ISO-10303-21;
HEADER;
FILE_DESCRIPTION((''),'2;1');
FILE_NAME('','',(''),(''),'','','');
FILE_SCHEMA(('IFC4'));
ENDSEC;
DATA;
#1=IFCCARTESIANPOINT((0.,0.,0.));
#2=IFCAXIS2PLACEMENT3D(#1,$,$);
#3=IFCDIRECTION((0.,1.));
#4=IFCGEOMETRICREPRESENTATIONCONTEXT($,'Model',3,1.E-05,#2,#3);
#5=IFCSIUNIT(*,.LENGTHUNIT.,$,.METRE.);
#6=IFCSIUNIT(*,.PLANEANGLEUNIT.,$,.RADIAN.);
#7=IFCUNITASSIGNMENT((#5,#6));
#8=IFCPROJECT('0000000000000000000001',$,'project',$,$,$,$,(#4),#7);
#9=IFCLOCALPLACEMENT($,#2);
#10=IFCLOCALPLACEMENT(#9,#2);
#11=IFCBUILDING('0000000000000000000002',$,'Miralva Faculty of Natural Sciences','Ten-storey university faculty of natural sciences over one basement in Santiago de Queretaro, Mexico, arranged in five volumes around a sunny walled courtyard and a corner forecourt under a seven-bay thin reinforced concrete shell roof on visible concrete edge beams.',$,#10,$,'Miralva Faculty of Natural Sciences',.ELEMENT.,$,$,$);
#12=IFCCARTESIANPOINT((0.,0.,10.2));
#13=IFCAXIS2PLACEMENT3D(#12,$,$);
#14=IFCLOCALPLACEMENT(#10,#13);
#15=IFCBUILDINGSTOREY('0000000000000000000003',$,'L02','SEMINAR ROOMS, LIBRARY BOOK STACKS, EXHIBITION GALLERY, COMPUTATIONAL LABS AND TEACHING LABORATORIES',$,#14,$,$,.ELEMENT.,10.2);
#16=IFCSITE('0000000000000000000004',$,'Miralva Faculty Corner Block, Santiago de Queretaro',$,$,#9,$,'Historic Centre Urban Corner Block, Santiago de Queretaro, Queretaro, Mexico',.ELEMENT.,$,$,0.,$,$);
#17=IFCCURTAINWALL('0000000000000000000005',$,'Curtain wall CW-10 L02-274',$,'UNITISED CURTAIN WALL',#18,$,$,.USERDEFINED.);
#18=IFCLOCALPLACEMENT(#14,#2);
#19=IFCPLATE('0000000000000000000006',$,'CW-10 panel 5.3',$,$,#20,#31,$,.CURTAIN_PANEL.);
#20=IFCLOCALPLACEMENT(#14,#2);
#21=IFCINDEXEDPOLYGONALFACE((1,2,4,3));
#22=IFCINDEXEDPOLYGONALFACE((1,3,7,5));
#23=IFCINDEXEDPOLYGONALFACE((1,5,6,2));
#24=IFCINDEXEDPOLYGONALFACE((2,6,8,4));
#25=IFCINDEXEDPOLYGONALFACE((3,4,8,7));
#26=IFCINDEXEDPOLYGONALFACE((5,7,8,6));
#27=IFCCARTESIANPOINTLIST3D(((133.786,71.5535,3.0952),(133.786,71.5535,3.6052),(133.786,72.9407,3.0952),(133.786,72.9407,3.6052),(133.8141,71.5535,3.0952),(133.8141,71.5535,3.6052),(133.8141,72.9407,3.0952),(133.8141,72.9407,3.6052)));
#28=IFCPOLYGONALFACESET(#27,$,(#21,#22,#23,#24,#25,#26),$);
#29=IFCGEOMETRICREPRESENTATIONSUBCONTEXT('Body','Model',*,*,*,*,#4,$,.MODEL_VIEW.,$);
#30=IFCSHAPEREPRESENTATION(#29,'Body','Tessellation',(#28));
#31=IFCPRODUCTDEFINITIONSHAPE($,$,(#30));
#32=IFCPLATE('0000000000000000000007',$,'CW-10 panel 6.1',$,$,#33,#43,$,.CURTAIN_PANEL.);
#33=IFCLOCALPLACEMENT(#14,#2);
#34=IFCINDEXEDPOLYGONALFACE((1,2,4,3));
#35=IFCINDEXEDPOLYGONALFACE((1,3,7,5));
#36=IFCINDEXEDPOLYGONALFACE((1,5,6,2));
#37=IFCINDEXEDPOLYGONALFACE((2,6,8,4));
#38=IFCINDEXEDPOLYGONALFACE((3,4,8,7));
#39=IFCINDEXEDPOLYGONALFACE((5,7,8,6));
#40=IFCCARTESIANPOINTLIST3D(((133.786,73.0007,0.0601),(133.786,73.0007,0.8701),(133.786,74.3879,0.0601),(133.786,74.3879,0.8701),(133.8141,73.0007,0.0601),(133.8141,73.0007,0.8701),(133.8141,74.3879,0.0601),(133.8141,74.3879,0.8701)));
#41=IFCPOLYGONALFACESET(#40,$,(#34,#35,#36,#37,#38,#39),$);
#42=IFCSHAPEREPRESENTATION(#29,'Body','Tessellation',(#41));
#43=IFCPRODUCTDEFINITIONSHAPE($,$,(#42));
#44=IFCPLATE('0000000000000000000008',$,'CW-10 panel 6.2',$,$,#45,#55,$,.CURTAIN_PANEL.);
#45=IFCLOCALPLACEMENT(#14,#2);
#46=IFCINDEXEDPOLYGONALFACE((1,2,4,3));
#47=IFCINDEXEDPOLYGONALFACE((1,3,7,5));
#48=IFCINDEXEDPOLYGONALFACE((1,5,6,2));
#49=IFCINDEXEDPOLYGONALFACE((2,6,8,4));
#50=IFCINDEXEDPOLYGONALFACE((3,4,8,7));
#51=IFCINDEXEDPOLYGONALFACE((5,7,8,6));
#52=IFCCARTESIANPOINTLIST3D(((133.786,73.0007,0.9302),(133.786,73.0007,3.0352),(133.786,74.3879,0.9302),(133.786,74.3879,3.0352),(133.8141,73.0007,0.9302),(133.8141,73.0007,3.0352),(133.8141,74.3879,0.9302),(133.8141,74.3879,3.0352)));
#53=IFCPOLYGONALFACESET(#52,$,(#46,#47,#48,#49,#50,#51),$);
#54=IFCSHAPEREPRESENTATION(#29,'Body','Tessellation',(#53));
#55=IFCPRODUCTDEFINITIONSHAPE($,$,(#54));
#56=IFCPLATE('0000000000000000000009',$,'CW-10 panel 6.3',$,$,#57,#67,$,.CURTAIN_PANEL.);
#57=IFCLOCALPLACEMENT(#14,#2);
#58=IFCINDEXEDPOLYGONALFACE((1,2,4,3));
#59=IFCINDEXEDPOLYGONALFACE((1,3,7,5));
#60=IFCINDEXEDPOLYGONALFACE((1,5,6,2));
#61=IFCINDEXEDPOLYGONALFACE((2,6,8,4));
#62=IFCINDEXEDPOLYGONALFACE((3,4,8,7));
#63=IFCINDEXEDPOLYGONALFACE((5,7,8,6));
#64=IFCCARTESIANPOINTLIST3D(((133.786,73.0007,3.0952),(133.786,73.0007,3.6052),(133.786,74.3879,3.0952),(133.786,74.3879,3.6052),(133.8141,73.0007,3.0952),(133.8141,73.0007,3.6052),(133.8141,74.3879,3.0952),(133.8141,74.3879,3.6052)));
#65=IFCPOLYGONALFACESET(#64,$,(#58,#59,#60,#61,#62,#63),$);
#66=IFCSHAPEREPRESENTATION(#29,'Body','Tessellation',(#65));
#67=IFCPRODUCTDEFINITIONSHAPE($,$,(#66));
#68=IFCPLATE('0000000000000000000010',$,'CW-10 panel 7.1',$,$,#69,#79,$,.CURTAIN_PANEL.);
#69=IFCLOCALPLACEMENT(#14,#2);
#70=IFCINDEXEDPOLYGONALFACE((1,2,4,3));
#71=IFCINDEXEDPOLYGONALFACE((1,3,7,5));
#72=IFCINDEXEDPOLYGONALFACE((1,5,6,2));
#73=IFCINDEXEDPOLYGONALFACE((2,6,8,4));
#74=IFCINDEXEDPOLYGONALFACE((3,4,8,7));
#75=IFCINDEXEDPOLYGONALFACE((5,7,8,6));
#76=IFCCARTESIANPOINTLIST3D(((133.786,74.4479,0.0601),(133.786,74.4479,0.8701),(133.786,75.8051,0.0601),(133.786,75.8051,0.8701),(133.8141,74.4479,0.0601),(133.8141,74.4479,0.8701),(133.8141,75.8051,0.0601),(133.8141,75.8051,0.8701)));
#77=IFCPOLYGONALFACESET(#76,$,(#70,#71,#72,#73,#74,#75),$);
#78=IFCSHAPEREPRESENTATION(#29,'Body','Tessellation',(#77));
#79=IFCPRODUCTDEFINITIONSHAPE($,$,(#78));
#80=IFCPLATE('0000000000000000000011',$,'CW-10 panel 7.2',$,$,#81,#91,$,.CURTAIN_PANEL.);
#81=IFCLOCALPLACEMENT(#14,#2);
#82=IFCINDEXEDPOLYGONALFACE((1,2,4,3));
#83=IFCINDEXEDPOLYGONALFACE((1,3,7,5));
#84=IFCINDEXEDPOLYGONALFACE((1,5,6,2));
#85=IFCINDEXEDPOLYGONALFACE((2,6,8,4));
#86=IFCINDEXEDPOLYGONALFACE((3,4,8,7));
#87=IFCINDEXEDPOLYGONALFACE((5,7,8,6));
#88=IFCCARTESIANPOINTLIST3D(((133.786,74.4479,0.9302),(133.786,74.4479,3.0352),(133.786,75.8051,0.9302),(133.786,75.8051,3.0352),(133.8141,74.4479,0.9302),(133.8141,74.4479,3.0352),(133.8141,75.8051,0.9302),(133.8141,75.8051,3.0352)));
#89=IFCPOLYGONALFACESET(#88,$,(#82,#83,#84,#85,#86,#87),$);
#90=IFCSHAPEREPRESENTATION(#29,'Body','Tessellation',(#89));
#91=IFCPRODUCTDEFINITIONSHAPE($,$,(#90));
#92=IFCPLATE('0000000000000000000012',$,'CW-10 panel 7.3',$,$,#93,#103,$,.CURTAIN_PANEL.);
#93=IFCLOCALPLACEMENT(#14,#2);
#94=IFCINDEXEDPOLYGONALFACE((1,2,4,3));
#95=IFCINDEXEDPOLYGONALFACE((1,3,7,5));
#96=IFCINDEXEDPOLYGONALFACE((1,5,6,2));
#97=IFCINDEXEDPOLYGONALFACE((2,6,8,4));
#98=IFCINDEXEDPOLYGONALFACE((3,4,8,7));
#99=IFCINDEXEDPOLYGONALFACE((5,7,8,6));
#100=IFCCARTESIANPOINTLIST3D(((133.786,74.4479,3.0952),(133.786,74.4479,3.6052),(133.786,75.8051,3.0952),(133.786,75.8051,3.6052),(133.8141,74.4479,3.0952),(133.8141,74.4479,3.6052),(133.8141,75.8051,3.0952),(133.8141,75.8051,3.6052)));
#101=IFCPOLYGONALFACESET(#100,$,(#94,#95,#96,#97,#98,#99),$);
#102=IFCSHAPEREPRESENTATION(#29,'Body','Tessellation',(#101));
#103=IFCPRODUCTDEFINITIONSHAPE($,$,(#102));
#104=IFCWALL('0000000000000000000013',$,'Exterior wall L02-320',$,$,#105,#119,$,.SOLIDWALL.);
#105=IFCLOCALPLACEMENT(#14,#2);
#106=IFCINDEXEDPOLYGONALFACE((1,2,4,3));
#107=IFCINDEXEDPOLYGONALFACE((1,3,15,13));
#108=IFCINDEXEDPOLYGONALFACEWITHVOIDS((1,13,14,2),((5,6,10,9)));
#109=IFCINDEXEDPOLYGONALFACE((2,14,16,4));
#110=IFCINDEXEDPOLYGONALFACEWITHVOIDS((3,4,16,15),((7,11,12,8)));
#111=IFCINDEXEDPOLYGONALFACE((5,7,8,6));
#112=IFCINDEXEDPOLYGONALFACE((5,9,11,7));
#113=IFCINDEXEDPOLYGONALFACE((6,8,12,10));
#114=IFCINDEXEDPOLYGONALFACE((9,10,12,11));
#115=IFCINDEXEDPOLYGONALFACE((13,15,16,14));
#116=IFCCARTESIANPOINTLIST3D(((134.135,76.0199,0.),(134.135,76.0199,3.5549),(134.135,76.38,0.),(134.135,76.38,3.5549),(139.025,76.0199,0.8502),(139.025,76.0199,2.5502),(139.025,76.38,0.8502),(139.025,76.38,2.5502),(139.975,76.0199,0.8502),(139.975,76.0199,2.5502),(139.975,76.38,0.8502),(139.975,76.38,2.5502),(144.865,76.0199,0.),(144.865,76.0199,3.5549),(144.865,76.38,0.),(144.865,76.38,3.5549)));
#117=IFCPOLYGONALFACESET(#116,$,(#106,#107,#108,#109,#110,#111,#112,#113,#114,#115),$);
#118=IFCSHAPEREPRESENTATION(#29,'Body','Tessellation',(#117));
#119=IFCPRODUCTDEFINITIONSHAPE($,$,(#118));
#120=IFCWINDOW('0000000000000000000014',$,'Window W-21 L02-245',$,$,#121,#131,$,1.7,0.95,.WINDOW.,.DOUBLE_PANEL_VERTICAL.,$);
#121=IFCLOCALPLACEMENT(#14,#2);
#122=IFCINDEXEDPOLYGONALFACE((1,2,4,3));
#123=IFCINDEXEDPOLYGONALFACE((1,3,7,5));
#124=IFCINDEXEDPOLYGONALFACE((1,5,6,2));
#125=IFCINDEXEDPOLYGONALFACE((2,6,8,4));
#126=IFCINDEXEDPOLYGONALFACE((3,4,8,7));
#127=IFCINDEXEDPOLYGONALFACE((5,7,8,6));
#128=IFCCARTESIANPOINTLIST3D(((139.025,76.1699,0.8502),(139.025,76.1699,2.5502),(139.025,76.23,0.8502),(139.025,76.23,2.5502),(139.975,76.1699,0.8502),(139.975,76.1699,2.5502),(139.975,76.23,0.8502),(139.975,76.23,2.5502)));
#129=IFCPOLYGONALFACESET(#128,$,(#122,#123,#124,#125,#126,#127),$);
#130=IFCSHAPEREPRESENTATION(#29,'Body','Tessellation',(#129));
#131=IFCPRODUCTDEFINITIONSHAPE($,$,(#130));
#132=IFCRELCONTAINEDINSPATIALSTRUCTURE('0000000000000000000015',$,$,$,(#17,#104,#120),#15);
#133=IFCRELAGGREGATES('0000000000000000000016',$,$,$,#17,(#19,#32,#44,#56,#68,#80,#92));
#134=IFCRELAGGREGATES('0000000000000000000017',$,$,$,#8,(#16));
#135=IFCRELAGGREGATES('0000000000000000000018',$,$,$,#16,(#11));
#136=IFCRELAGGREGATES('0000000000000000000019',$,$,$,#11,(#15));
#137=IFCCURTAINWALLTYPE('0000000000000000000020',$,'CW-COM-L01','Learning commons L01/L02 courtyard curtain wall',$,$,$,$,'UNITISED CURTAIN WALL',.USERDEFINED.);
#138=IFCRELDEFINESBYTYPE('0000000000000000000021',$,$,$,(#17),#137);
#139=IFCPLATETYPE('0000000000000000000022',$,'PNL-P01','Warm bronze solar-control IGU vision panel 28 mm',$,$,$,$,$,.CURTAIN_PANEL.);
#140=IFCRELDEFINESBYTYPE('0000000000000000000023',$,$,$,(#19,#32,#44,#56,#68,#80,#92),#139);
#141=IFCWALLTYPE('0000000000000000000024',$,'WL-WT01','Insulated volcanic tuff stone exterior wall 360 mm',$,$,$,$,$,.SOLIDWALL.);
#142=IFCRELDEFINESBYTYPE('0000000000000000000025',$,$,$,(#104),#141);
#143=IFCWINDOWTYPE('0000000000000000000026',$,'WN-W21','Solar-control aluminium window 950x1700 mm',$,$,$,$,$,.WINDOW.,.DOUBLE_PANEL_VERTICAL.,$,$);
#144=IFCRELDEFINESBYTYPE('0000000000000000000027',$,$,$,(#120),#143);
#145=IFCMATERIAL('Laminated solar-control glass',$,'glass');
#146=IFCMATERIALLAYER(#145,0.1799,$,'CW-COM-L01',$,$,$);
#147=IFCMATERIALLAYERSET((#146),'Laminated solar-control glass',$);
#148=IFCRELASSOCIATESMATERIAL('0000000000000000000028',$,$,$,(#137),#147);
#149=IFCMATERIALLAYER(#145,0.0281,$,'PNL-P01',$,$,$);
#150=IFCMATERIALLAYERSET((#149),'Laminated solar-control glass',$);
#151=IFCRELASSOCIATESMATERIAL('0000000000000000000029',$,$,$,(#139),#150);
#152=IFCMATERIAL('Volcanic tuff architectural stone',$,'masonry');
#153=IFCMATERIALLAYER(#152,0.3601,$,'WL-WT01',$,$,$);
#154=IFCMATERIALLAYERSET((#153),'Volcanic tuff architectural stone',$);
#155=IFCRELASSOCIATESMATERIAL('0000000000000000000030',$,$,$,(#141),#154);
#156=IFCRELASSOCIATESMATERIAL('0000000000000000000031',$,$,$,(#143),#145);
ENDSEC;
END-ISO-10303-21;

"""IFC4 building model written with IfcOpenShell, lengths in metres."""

from ifc_helpers import new_model, si_unit, direction, frame, frame_2d, origin, origin_2d, place, context, subcontext, project, spatial, rectangle, extrude, material, layer, layer_set, type_object, element, fill, aggregate, save


model = new_model("IFC4")

# Units and contexts
model_context = context("Model", 3, precision=1e-05, world=origin(), true_north=direction((0.0, 1.0)))
body_context = subcontext(model_context, "Body", "Model", "MODEL_VIEW")
ifc_project = project(units=[si_unit("LENGTHUNIT", "METRE"), si_unit("PLANEANGLEUNIT", "RADIAN")], contexts=[model_context])

# Site, building, storey
site_placement = place(None, origin())
site = spatial("IfcSite", under=ifc_project, at=site_placement, Name="Miralva Faculty Corner Block, Santiago de Queretaro", LongName="Historic Centre Urban Corner Block, Santiago de Queretaro, Queretaro, Mexico", CompositionType="ELEMENT", RefElevation=0.0)
building_placement = place(site_placement, origin())
building = spatial("IfcBuilding", under=site, at=building_placement, Name="Miralva Faculty of Natural Sciences", Description="Ten-storey university faculty of natural sciences over one basement in Santiago de Queretaro, Mexico, arranged in five volumes around a sunny walled courtyard and a corner forecourt under a seven-bay thin reinforced concrete shell roof on visible concrete edge beams.", LongName="Miralva Faculty of Natural Sciences", CompositionType="ELEMENT")
storey_placement = place(building_placement, frame((0.0, 0.0, 10.2)))
storey = spatial("IfcBuildingStorey", under=building, at=storey_placement, Name="L02", Description="SEMINAR ROOMS, LIBRARY BOOK STACKS, EXHIBITION GALLERY, COMPUTATIONAL LABS AND TEACHING LABORATORIES", CompositionType="ELEMENT", Elevation=10.2)

# Curtain wall, plates
ifc_material_1 = material(Name="Laminated solar-control glass", Category="glass")
ifc_layer_1 = layer(ifc_material_1, 0.1799, Name="CW-COM-L01")
ifc_layer_set_1 = layer_set([ifc_layer_1], Name="Laminated solar-control glass")
curtain_wall_type = type_object("IfcCurtainWallType", Name="CW-COM-L01", Description="Learning commons L01/L02 courtyard curtain wall", ElementType="UNITISED CURTAIN WALL", PredefinedType="USERDEFINED", material=ifc_layer_set_1)
curtain_wall_placement = place(storey_placement, origin())
curtain_wall = element("IfcCurtainWall", 1, at=curtain_wall_placement, inside=storey, type_object=curtain_wall_type, Name="Curtain wall CW-10 L02-274", ObjectType="UNITISED CURTAIN WALL", PredefinedType="USERDEFINED")
ifc_layer_2 = layer(ifc_material_1, 0.0281, Name="PNL-P01")
ifc_layer_set_2 = layer_set([ifc_layer_2], Name="Laminated solar-control glass")
plate_type = type_object("IfcPlateType", Name="PNL-P01", Description="Warm bronze solar-control IGU vision panel 28 mm", PredefinedType="CURTAIN_PANEL", material=ifc_layer_set_2)
plate_1_placement = place(storey_placement, frame((133.8, 72.2471, 3.0952), z_axis=(0.0, 0.0, 1.0), x_axis=(0.0, 1.0, 0.0)))
plate_1 = element("IfcPlate", 2, at=plate_1_placement, type_object=plate_type, Name="CW-10 panel 5.3", PredefinedType="CURTAIN_PANEL", context=body_context, shape_type="SweptSolid", body=[
    extrude(rectangle(XDim=1.3872, YDim=0.0281, at=origin_2d()), origin(), (0.0, 0.0, 1.0), 0.51),
])
plate_2_placement = place(storey_placement, frame((133.8, 73.6943, 0.0601), z_axis=(0.0, 0.0, 1.0), x_axis=(0.0, 1.0, 0.0)))
plate_2 = element("IfcPlate", 3, at=plate_2_placement, type_object=plate_type, Name="CW-10 panel 6.1", PredefinedType="CURTAIN_PANEL", context=body_context, shape_type="SweptSolid", body=[
    extrude(rectangle(XDim=1.3872, YDim=0.0281, at=origin_2d()), origin(), (0.0, 0.0, 1.0), 0.8101),
])
plate_3_placement = place(storey_placement, frame((133.8, 73.6943, 0.9302), z_axis=(0.0, 0.0, 1.0), x_axis=(0.0, 1.0, 0.0)))
plate_3 = element("IfcPlate", 4, at=plate_3_placement, type_object=plate_type, Name="CW-10 panel 6.2", PredefinedType="CURTAIN_PANEL", context=body_context, shape_type="SweptSolid", body=[
    extrude(rectangle(XDim=1.3872, YDim=0.0281, at=origin_2d()), origin(), (0.0, 0.0, 1.0), 2.105),
])
plate_4_placement = place(storey_placement, frame((133.8, 73.6943, 3.0952), z_axis=(0.0, 0.0, 1.0), x_axis=(0.0, 1.0, 0.0)))
plate_4 = element("IfcPlate", 5, at=plate_4_placement, type_object=plate_type, Name="CW-10 panel 6.3", PredefinedType="CURTAIN_PANEL", context=body_context, shape_type="SweptSolid", body=[
    extrude(rectangle(XDim=1.3872, YDim=0.0281, at=origin_2d()), origin(), (0.0, 0.0, 1.0), 0.51),
])
plate_5_placement = place(storey_placement, frame((133.8, 75.1265, 0.0601), z_axis=(0.0, 0.0, 1.0), x_axis=(0.0, 1.0, 0.0)))
plate_5 = element("IfcPlate", 6, at=plate_5_placement, type_object=plate_type, Name="CW-10 panel 7.1", PredefinedType="CURTAIN_PANEL", context=body_context, shape_type="SweptSolid", body=[
    extrude(rectangle(XDim=1.3572, YDim=0.0281, at=origin_2d()), origin(), (0.0, 0.0, 1.0), 0.8101),
])
plate_6_placement = place(storey_placement, frame((133.8, 75.1265, 0.9302), z_axis=(0.0, 0.0, 1.0), x_axis=(0.0, 1.0, 0.0)))
plate_6 = element("IfcPlate", 7, at=plate_6_placement, type_object=plate_type, Name="CW-10 panel 7.2", PredefinedType="CURTAIN_PANEL", context=body_context, shape_type="SweptSolid", body=[
    extrude(rectangle(XDim=1.3572, YDim=0.0281, at=origin_2d()), origin(), (0.0, 0.0, 1.0), 2.105),
])
plate_7_placement = place(storey_placement, frame((133.8, 75.1265, 3.0952), z_axis=(0.0, 0.0, 1.0), x_axis=(0.0, 1.0, 0.0)))
plate_7 = element("IfcPlate", 8, at=plate_7_placement, type_object=plate_type, Name="CW-10 panel 7.3", PredefinedType="CURTAIN_PANEL", context=body_context, shape_type="SweptSolid", body=[
    extrude(rectangle(XDim=1.3572, YDim=0.0281, at=origin_2d()), origin(), (0.0, 0.0, 1.0), 0.51),
])
aggregate(curtain_wall, [plate_1, plate_2, plate_3, plate_4, plate_5, plate_6, plate_7])

# Wall, opening, window
ifc_material_2 = material(Name="Volcanic tuff architectural stone", Category="masonry")
ifc_layer_3 = layer(ifc_material_2, 0.3601, Name="WL-WT01")
ifc_layer_set_3 = layer_set([ifc_layer_3], Name="Volcanic tuff architectural stone")
wall_type = type_object("IfcWallType", Name="WL-WT01", Description="Insulated volcanic tuff stone exterior wall 360 mm", PredefinedType="SOLIDWALL", material=ifc_layer_set_3)
wall_placement = place(storey_placement, frame((134.135, 76.2, 0.0), z_axis=(0.0, 0.0, 1.0), x_axis=(1.0, 0.0, 0.0)))
wall = element("IfcWall", 9, at=wall_placement, inside=storey, type_object=wall_type, Name="Exterior wall L02-320", PredefinedType="SOLIDWALL", context=body_context, shape_type="SweptSolid", body=[
    extrude(rectangle(XDim=10.73, YDim=0.3601, at=frame_2d((5.365, 0.0))), origin(), (0.0, 0.0, 1.0), 3.5549),
])
opening_placement = place(wall_placement, frame((4.8899, 0.0, 0.8501)))
opening = element("IfcOpeningElement", 10, at=opening_placement, cuts=wall, PredefinedType="OPENING", context=body_context, shape_type="SweptSolid", body=[
    extrude(rectangle(XDim=0.95, YDim=1.7, at=frame_2d((0.4751, 0.8501))), frame((0.0, 0.1899, 0.0), z_axis=(0.0, -1.0, 0.0), x_axis=(1.0, 0.0, 0.0)), (0.0, 0.0, 1.0), 0.3801),
])
window_type = type_object("IfcWindowType", Name="WN-W21", Description="Solar-control aluminium window 950x1700 mm", PartitioningType="DOUBLE_PANEL_VERTICAL", PredefinedType="WINDOW", material=ifc_material_1)
window_placement = place(opening_placement, origin())
window = element("IfcWindow", 11, at=window_placement, inside=storey, type_object=window_type, Name="Window W-21 L02-245", OverallHeight=1.7, OverallWidth=0.95, PartitioningType="DOUBLE_PANEL_VERTICAL", PredefinedType="WINDOW", context=body_context, shape_type="SweptSolid", body=[
    extrude(rectangle(XDim=0.95, YDim=1.7, at=frame_2d((0.4751, 0.8501))), frame((0.0, 0.03, 0.0), z_axis=(0.0, -1.0, 0.0), x_axis=(1.0, 0.0, 0.0)), (0.0, 0.0, 1.0), 0.0601),
])
fill(opening, window)

save(model, "model.ifc")
